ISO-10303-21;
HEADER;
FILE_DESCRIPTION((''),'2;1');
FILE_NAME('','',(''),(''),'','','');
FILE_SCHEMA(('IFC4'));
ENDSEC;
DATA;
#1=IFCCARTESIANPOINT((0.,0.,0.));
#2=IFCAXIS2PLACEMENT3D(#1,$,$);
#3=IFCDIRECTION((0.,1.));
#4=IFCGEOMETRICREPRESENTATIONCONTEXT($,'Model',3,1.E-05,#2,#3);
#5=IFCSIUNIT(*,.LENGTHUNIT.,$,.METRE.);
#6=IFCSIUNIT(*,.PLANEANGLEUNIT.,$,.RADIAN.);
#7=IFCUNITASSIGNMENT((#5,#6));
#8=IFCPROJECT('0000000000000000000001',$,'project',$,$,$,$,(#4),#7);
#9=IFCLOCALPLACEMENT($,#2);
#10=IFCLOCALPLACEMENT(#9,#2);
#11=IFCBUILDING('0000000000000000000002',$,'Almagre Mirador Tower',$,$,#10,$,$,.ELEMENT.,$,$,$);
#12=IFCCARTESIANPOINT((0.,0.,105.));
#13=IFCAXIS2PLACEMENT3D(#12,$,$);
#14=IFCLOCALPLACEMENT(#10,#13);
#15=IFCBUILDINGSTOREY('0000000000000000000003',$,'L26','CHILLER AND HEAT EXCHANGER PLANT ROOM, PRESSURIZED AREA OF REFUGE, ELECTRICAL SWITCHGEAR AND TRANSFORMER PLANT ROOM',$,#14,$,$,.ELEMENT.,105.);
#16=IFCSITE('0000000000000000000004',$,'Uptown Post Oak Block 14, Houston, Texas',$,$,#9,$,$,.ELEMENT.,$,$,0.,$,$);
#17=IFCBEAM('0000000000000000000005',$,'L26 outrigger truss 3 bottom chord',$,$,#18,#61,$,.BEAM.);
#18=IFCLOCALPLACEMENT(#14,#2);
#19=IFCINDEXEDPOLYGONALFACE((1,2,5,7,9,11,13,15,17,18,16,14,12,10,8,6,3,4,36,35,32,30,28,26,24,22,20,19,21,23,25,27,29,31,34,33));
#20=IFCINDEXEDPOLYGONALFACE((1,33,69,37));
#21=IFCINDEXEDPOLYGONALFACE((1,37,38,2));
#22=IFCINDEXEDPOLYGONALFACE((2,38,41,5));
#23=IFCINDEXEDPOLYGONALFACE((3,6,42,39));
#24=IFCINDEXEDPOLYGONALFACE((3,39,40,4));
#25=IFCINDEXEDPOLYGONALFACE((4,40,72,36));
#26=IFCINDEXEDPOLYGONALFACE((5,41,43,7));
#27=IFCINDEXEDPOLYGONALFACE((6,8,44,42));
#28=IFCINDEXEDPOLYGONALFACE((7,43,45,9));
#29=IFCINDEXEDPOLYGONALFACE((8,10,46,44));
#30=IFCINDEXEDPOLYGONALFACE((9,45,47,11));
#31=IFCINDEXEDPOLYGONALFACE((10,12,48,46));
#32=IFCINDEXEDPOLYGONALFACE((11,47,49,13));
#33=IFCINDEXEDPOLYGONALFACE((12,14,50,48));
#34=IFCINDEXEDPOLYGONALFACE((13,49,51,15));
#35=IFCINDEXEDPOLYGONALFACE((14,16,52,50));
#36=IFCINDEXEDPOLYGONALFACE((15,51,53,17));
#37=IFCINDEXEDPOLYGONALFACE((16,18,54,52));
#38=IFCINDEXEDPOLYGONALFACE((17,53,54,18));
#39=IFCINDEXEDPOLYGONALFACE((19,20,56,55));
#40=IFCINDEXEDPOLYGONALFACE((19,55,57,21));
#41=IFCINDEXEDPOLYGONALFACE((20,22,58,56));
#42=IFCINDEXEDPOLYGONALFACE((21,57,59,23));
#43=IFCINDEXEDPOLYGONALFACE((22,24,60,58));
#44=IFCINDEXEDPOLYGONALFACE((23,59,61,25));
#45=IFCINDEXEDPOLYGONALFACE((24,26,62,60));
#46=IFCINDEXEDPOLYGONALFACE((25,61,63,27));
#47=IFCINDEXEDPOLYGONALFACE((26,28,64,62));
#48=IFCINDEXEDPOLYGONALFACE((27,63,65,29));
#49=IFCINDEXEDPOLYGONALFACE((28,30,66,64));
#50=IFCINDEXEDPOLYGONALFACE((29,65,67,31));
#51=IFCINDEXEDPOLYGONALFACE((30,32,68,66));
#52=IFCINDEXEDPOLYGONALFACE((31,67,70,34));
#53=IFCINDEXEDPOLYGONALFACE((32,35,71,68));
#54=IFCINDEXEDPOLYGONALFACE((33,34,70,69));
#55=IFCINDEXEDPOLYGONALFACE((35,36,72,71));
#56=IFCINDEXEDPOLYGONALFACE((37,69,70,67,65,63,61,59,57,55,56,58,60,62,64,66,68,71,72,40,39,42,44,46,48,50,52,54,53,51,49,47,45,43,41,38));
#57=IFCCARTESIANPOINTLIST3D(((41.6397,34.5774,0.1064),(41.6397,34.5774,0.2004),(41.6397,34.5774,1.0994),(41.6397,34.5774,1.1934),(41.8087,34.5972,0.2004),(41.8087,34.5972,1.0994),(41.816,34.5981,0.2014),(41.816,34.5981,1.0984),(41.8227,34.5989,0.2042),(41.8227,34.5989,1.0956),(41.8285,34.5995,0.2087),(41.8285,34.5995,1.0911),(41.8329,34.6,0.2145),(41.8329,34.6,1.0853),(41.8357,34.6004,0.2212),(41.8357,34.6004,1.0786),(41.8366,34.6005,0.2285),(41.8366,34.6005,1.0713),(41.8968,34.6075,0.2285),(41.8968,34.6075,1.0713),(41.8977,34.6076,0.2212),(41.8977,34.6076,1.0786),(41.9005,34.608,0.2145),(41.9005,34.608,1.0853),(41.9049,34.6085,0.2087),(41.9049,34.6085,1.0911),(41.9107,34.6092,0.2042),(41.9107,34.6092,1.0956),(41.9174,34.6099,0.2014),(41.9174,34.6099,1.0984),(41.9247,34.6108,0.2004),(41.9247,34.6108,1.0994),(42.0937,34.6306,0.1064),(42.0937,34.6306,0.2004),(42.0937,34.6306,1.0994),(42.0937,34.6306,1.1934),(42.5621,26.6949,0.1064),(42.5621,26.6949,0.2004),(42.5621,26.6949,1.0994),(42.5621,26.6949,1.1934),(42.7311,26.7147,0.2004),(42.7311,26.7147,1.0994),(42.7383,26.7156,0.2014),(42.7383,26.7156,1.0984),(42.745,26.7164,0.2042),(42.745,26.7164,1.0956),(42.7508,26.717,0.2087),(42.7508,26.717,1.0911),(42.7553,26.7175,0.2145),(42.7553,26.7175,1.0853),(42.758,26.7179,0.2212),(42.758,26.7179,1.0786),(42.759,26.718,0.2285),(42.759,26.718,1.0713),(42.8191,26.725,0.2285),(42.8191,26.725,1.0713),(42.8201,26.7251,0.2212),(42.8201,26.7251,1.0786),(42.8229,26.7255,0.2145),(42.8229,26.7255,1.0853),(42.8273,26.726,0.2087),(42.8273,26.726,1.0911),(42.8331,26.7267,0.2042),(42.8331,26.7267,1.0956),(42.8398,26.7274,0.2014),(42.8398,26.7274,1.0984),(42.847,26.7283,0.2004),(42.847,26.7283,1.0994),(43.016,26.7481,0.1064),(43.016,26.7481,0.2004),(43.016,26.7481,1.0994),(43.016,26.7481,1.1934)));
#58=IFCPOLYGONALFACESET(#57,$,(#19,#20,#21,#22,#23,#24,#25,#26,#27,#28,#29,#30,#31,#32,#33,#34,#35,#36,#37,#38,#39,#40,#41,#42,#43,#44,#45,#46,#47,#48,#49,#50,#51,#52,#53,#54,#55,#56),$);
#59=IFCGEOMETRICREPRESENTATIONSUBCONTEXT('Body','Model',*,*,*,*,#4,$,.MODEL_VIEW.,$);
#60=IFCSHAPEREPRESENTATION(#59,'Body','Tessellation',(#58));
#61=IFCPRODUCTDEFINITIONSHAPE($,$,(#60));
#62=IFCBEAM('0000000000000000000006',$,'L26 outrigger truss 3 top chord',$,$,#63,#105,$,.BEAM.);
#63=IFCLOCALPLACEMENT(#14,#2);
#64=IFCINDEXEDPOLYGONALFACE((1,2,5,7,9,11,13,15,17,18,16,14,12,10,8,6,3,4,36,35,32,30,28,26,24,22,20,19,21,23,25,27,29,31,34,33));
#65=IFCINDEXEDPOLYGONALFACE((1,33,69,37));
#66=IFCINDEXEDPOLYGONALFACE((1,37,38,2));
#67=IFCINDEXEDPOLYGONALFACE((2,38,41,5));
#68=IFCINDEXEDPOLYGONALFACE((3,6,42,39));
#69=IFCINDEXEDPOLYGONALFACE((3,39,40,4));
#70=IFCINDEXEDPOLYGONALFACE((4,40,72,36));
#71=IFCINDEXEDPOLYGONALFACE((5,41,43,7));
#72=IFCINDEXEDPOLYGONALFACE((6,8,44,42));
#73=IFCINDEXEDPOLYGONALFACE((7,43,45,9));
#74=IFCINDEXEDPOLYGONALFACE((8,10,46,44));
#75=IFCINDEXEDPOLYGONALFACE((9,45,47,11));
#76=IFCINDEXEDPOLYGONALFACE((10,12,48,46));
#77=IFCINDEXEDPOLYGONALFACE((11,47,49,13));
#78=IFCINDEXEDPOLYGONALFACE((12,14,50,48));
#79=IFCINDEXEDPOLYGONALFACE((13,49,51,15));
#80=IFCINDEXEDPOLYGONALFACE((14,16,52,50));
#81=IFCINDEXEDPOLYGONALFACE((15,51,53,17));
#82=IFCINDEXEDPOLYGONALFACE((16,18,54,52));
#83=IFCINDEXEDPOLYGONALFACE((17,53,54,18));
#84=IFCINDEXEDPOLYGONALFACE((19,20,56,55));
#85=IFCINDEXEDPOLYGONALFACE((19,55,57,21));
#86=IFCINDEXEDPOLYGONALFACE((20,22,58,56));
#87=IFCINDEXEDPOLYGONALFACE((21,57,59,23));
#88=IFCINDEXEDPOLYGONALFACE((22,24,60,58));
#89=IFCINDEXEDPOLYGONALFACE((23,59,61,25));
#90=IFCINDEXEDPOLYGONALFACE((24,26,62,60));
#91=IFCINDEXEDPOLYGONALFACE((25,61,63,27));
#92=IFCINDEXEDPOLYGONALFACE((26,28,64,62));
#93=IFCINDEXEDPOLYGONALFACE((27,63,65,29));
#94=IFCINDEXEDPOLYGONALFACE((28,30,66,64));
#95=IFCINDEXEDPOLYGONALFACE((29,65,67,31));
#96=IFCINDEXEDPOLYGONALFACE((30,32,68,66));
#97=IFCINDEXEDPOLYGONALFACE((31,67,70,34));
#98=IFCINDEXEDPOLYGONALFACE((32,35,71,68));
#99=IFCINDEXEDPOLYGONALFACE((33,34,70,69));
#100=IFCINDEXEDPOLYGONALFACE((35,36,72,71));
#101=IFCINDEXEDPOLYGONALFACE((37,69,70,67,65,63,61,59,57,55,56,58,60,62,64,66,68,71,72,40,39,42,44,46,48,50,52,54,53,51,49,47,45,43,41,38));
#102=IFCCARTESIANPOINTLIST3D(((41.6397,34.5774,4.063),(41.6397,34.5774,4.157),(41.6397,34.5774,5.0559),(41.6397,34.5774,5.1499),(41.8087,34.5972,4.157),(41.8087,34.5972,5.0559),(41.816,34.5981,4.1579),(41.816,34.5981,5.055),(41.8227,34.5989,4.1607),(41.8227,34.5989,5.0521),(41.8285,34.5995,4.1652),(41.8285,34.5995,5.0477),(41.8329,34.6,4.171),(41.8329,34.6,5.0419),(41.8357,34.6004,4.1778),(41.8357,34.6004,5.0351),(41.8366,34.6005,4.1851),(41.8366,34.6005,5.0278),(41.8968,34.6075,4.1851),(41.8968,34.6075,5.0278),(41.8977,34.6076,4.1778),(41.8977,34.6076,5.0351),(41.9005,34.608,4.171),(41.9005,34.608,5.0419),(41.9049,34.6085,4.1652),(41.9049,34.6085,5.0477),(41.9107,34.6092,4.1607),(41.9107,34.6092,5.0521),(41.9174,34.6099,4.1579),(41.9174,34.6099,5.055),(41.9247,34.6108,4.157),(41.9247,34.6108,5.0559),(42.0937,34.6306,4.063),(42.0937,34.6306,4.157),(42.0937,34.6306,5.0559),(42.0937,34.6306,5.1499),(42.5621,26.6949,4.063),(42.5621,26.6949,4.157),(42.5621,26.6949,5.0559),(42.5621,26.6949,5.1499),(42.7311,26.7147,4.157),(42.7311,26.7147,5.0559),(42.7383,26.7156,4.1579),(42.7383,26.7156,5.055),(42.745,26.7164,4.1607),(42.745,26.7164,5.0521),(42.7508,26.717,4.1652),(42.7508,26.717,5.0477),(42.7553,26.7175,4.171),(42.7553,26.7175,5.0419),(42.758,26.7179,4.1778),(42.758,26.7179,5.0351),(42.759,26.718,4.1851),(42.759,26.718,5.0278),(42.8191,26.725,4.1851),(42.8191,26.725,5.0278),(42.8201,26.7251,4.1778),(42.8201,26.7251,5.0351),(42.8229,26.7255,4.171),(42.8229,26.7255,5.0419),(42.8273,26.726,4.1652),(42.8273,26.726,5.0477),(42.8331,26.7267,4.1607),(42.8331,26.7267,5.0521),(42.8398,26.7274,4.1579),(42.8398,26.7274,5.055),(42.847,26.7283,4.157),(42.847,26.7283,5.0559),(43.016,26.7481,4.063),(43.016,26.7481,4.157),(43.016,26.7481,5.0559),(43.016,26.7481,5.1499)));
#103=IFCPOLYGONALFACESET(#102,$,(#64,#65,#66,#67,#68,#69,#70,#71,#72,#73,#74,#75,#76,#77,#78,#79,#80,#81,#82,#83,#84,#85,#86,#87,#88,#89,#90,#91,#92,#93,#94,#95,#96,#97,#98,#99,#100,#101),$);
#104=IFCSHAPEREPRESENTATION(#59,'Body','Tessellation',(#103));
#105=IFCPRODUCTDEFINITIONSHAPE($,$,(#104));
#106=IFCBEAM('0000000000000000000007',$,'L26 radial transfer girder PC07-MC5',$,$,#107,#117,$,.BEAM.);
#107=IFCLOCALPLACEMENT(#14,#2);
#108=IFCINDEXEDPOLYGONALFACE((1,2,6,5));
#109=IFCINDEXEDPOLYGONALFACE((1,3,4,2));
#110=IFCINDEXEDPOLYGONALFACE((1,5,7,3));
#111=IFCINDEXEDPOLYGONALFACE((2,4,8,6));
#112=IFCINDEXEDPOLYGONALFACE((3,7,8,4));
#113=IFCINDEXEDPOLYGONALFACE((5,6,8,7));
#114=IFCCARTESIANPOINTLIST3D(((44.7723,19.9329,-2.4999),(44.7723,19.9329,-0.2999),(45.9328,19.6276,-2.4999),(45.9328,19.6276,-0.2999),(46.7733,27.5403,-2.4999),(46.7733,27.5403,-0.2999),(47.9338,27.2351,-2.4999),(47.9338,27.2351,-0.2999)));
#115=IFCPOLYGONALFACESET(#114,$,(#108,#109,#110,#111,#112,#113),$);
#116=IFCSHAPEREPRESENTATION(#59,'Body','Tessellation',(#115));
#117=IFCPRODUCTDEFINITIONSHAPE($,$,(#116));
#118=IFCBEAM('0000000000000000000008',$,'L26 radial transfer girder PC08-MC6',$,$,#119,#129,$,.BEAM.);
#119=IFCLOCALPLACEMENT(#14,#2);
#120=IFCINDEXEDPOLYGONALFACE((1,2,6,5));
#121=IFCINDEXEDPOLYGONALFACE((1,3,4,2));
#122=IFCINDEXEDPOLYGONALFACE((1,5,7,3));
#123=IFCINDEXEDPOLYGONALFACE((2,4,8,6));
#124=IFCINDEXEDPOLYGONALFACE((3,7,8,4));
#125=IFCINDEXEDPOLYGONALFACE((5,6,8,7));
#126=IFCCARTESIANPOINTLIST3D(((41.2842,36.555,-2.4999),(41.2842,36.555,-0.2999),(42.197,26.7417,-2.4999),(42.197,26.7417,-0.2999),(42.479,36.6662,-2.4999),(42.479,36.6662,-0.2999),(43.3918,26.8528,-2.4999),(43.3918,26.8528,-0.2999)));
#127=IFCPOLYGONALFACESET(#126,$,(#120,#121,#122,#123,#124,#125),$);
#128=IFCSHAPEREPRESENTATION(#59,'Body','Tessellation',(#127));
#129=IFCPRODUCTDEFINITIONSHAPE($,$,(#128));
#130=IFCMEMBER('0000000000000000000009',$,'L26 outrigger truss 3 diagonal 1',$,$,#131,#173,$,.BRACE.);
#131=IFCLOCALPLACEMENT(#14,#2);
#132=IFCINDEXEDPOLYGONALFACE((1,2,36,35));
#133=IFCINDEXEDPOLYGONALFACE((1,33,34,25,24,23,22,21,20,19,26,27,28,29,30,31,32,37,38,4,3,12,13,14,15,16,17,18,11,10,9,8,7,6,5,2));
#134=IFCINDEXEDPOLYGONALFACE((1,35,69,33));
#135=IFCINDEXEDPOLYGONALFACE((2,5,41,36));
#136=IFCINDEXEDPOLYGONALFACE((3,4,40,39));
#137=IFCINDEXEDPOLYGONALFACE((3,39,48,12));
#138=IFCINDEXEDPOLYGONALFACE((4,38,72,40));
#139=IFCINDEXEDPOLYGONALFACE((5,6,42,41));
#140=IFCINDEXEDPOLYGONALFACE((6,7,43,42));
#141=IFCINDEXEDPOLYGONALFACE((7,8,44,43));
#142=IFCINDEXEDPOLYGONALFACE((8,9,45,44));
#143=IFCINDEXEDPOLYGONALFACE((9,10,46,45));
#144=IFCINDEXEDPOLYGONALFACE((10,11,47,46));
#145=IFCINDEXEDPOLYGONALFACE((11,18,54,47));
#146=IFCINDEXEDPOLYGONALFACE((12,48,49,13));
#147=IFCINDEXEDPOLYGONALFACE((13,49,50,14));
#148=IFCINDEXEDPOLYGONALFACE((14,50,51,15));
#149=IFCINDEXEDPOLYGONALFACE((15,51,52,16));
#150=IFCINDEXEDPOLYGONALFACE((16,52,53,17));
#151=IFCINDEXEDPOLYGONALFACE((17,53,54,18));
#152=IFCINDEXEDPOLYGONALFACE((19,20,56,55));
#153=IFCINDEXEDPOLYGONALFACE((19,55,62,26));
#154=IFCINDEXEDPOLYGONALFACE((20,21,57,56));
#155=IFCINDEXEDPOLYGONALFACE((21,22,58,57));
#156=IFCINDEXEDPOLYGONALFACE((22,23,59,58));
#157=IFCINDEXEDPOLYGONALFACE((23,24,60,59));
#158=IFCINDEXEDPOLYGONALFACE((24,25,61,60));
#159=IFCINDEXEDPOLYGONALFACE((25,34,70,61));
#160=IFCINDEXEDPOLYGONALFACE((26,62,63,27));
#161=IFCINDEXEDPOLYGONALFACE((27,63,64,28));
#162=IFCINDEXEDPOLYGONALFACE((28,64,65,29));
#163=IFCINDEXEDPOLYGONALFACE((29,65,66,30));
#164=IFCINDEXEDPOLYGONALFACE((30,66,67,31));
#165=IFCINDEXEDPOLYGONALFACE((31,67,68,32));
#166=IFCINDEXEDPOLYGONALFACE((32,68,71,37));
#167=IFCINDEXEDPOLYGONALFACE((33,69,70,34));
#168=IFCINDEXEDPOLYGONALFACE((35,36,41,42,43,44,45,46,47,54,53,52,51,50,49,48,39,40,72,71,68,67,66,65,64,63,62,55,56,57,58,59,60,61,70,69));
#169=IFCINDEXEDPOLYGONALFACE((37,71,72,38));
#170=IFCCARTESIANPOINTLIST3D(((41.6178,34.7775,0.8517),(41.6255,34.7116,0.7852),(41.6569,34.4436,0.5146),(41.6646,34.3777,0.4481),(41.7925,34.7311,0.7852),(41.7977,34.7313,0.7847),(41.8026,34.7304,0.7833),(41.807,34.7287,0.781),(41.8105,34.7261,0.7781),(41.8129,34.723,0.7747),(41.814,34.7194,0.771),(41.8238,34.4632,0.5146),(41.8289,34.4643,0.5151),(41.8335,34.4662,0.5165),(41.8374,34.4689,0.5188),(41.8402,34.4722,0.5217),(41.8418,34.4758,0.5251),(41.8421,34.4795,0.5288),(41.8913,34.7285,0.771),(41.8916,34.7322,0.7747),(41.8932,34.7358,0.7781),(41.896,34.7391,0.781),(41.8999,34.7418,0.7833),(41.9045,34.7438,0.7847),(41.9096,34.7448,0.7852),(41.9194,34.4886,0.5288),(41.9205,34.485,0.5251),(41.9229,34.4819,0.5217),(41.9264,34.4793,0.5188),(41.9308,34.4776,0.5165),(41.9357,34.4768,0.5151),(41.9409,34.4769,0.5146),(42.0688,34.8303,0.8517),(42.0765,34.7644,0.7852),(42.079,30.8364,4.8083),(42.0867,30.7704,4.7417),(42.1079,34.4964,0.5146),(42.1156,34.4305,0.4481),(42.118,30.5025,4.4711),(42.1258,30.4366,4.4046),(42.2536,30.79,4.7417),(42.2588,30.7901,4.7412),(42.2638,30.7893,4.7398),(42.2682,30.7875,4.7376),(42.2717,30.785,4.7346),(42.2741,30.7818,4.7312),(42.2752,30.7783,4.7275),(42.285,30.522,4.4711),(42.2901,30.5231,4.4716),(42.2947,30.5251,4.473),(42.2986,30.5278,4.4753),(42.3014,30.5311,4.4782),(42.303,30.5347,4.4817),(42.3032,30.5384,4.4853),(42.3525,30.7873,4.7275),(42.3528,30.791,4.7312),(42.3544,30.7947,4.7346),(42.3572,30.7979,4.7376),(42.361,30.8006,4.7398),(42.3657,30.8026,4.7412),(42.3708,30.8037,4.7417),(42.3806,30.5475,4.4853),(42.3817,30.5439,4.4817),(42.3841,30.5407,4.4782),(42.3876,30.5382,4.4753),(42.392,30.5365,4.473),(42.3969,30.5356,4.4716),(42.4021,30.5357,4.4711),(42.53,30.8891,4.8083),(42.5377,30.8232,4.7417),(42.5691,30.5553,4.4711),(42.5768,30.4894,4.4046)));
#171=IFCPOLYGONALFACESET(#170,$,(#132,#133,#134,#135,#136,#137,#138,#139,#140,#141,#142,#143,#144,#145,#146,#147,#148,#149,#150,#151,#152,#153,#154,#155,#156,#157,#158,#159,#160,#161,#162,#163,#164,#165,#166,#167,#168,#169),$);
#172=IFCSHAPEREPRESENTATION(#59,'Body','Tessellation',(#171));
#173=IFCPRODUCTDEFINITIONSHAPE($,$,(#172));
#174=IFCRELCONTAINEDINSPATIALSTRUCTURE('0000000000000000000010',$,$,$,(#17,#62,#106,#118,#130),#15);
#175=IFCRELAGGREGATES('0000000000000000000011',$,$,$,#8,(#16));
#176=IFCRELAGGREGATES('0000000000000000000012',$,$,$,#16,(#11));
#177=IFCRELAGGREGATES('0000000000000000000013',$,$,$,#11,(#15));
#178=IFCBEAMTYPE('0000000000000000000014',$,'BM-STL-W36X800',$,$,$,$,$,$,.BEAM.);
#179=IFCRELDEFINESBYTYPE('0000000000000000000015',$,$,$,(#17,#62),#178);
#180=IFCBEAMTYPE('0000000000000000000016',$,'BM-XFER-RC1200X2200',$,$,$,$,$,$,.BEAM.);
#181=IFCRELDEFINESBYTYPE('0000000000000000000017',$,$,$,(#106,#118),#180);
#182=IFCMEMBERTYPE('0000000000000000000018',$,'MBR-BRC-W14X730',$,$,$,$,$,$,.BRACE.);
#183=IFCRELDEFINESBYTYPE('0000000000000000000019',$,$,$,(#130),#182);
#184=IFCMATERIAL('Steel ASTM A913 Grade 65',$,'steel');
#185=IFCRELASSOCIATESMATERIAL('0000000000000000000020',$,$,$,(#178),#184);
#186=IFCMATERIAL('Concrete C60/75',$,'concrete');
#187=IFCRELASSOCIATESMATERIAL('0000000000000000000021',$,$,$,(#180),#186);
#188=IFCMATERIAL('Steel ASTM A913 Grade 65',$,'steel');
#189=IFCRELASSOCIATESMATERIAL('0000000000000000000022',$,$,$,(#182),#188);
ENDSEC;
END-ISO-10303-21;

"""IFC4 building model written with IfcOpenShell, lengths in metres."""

from ifc_helpers import new_model, si_unit, direction, frame, origin, origin_2d, place, context, subcontext, project, spatial, rectangle, i_section, extrude, material, material_profile, profile_set, type_object, element, save


model = new_model("IFC4")

# Units and contexts
model_context = context("Model", 3, precision=1e-05, world=origin(), true_north=direction((0.0, 1.0)))
body_context = subcontext(model_context, "Body", "Model", "MODEL_VIEW")
ifc_project = project(units=[si_unit("LENGTHUNIT", "METRE"), si_unit("PLANEANGLEUNIT", "RADIAN")], contexts=[model_context])

# Site, building, storey
site_placement = place(None, origin())
site = spatial("IfcSite", under=ifc_project, at=site_placement, Name="Uptown Post Oak Block 14, Houston, Texas", CompositionType="ELEMENT", RefElevation=0.0)
building_placement = place(site_placement, origin())
building = spatial("IfcBuilding", under=site, at=building_placement, Name="Almagre Mirador Tower", CompositionType="ELEMENT")
storey_placement = place(building_placement, frame((0.0, 0.0, 105.0)))
storey = spatial("IfcBuildingStorey", under=building, at=storey_placement, Name="L26", Description="CHILLER AND HEAT EXCHANGER PLANT ROOM, PRESSURIZED AREA OF REFUGE, ELECTRICAL SWITCHGEAR AND TRANSFORMER PLANT ROOM", CompositionType="ELEMENT", Elevation=105.0)

# Beams
ifc_material_1 = material(Name="Steel ASTM A913 Grade 65", Category="steel")
ifc_material_profile_1 = material_profile(ifc_material_1, i_section(OverallWidth=0.457, OverallDepth=1.0869, WebThickness=0.0605, FlangeThickness=0.094, FilletRadius=0.0281, at=origin_2d()), Name="W36X800")
ifc_profile_set_1 = profile_set([ifc_material_profile_1], Name="Steel ASTM A913 Grade 65")
beam_type_1 = type_object("IfcBeamType", Name="BM-STL-W36X800", PredefinedType="BEAM", material=ifc_profile_set_1)
for number, where, z_axis, x_axis, name in (
    (1, (41.8667, 34.604, 0.6499), (0.11622, -0.993223, 0.0), (0.993223, 0.11622, 0.0), "L26 outrigger truss 3 bottom chord"),
    (2, (41.8667, 34.604, 4.6064), (0.11622, -0.993223, 0.0), (0.993223, 0.11622, 0.0), "L26 outrigger truss 3 top chord"),
):
    element("IfcBeam", number, at=place(storey_placement, frame(where, z_axis=z_axis, x_axis=x_axis)), inside=storey, type_object=beam_type_1, Name=name, PredefinedType="BEAM", context=body_context, shape_type="SweptSolid", body=[
        extrude(i_section(OverallWidth=0.457, OverallDepth=1.0869, WebThickness=0.0605, FlangeThickness=0.094, FilletRadius=0.0281, at=origin_2d()), origin(), (0.0, 0.0, 1.0), 7.9363),
    ])
ifc_material_2 = material(Name="Concrete C60/75", Category="concrete")
ifc_material_profile_2 = material_profile(ifc_material_2, rectangle(XDim=1.2, YDim=2.2, at=origin_2d()), Name="RC1200X2200")
ifc_profile_set_2 = profile_set([ifc_material_profile_2], Name="Concrete C60/75")
beam_type_2 = type_object("IfcBeamType", Name="BM-XFER-RC1200X2200", PredefinedType="BEAM", material=ifc_profile_set_2)
beam_1_placement = place(storey_placement, frame((47.3535, 27.3877, -1.3999), z_axis=(-0.254377, -0.967105, 0.0), x_axis=(0.967105, -0.254377, 0.0)))
element("IfcBeam", 3, at=beam_1_placement, inside=storey, type_object=beam_type_2, Name="L26 radial transfer girder PC07-MC5", PredefinedType="BEAM", context=body_context, shape_type="SweptSolid", body=[
    extrude(rectangle(XDim=1.2, YDim=2.2, at=origin_2d()), origin(), (0.0, 0.0, 1.0), 7.8662),
])
beam_2_placement = place(storey_placement, frame((41.8816, 36.6106, -1.3999), z_axis=(0.092622, -0.995701, 0.0), x_axis=(0.995701, 0.092622, 0.0)))
element("IfcBeam", 4, at=beam_2_placement, inside=storey, type_object=beam_type_2, Name="L26 radial transfer girder PC08-MC6", PredefinedType="BEAM", context=body_context, shape_type="SweptSolid", body=[
    extrude(rectangle(XDim=1.2, YDim=2.2, at=origin_2d()), origin(), (0.0, 0.0, 1.0), 9.8557),
])

# Member
ifc_material_3 = material(Name="Steel ASTM A913 Grade 65", Category="steel")
ifc_material_profile_3 = material_profile(ifc_material_3, i_section(OverallWidth=0.4541, OverallDepth=0.5701, WebThickness=0.0779, FlangeThickness=0.094, FilletRadius=0.02, at=origin_2d()), Name="W14X730")
ifc_profile_set_3 = profile_set([ifc_material_profile_3], Name="Steel ASTM A913 Grade 65")
member_type_1 = type_object("IfcMemberType", Name="MBR-BRC-W14X730", PredefinedType="BRACE", material=ifc_profile_set_3)
member_1_placement = place(storey_placement, frame((41.8667, 34.604, 0.6499), z_axis=(0.082302, -0.703334, 0.706079), x_axis=(0.993223, 0.116224, 0.0)))
element("IfcMember", 5, at=member_1_placement, inside=storey, type_object=member_type_1, Name="L26 outrigger truss 3 diagonal 1", PredefinedType="BRACE", context=body_context, shape_type="SweptSolid", body=[
    extrude(i_section(OverallWidth=0.4541, OverallDepth=0.5701, WebThickness=0.0779, FlangeThickness=0.094, FilletRadius=0.02, at=origin_2d()), origin(), (0.0, 0.0, 1.0), 5.6035),
])

save(model, "model.ifc")
